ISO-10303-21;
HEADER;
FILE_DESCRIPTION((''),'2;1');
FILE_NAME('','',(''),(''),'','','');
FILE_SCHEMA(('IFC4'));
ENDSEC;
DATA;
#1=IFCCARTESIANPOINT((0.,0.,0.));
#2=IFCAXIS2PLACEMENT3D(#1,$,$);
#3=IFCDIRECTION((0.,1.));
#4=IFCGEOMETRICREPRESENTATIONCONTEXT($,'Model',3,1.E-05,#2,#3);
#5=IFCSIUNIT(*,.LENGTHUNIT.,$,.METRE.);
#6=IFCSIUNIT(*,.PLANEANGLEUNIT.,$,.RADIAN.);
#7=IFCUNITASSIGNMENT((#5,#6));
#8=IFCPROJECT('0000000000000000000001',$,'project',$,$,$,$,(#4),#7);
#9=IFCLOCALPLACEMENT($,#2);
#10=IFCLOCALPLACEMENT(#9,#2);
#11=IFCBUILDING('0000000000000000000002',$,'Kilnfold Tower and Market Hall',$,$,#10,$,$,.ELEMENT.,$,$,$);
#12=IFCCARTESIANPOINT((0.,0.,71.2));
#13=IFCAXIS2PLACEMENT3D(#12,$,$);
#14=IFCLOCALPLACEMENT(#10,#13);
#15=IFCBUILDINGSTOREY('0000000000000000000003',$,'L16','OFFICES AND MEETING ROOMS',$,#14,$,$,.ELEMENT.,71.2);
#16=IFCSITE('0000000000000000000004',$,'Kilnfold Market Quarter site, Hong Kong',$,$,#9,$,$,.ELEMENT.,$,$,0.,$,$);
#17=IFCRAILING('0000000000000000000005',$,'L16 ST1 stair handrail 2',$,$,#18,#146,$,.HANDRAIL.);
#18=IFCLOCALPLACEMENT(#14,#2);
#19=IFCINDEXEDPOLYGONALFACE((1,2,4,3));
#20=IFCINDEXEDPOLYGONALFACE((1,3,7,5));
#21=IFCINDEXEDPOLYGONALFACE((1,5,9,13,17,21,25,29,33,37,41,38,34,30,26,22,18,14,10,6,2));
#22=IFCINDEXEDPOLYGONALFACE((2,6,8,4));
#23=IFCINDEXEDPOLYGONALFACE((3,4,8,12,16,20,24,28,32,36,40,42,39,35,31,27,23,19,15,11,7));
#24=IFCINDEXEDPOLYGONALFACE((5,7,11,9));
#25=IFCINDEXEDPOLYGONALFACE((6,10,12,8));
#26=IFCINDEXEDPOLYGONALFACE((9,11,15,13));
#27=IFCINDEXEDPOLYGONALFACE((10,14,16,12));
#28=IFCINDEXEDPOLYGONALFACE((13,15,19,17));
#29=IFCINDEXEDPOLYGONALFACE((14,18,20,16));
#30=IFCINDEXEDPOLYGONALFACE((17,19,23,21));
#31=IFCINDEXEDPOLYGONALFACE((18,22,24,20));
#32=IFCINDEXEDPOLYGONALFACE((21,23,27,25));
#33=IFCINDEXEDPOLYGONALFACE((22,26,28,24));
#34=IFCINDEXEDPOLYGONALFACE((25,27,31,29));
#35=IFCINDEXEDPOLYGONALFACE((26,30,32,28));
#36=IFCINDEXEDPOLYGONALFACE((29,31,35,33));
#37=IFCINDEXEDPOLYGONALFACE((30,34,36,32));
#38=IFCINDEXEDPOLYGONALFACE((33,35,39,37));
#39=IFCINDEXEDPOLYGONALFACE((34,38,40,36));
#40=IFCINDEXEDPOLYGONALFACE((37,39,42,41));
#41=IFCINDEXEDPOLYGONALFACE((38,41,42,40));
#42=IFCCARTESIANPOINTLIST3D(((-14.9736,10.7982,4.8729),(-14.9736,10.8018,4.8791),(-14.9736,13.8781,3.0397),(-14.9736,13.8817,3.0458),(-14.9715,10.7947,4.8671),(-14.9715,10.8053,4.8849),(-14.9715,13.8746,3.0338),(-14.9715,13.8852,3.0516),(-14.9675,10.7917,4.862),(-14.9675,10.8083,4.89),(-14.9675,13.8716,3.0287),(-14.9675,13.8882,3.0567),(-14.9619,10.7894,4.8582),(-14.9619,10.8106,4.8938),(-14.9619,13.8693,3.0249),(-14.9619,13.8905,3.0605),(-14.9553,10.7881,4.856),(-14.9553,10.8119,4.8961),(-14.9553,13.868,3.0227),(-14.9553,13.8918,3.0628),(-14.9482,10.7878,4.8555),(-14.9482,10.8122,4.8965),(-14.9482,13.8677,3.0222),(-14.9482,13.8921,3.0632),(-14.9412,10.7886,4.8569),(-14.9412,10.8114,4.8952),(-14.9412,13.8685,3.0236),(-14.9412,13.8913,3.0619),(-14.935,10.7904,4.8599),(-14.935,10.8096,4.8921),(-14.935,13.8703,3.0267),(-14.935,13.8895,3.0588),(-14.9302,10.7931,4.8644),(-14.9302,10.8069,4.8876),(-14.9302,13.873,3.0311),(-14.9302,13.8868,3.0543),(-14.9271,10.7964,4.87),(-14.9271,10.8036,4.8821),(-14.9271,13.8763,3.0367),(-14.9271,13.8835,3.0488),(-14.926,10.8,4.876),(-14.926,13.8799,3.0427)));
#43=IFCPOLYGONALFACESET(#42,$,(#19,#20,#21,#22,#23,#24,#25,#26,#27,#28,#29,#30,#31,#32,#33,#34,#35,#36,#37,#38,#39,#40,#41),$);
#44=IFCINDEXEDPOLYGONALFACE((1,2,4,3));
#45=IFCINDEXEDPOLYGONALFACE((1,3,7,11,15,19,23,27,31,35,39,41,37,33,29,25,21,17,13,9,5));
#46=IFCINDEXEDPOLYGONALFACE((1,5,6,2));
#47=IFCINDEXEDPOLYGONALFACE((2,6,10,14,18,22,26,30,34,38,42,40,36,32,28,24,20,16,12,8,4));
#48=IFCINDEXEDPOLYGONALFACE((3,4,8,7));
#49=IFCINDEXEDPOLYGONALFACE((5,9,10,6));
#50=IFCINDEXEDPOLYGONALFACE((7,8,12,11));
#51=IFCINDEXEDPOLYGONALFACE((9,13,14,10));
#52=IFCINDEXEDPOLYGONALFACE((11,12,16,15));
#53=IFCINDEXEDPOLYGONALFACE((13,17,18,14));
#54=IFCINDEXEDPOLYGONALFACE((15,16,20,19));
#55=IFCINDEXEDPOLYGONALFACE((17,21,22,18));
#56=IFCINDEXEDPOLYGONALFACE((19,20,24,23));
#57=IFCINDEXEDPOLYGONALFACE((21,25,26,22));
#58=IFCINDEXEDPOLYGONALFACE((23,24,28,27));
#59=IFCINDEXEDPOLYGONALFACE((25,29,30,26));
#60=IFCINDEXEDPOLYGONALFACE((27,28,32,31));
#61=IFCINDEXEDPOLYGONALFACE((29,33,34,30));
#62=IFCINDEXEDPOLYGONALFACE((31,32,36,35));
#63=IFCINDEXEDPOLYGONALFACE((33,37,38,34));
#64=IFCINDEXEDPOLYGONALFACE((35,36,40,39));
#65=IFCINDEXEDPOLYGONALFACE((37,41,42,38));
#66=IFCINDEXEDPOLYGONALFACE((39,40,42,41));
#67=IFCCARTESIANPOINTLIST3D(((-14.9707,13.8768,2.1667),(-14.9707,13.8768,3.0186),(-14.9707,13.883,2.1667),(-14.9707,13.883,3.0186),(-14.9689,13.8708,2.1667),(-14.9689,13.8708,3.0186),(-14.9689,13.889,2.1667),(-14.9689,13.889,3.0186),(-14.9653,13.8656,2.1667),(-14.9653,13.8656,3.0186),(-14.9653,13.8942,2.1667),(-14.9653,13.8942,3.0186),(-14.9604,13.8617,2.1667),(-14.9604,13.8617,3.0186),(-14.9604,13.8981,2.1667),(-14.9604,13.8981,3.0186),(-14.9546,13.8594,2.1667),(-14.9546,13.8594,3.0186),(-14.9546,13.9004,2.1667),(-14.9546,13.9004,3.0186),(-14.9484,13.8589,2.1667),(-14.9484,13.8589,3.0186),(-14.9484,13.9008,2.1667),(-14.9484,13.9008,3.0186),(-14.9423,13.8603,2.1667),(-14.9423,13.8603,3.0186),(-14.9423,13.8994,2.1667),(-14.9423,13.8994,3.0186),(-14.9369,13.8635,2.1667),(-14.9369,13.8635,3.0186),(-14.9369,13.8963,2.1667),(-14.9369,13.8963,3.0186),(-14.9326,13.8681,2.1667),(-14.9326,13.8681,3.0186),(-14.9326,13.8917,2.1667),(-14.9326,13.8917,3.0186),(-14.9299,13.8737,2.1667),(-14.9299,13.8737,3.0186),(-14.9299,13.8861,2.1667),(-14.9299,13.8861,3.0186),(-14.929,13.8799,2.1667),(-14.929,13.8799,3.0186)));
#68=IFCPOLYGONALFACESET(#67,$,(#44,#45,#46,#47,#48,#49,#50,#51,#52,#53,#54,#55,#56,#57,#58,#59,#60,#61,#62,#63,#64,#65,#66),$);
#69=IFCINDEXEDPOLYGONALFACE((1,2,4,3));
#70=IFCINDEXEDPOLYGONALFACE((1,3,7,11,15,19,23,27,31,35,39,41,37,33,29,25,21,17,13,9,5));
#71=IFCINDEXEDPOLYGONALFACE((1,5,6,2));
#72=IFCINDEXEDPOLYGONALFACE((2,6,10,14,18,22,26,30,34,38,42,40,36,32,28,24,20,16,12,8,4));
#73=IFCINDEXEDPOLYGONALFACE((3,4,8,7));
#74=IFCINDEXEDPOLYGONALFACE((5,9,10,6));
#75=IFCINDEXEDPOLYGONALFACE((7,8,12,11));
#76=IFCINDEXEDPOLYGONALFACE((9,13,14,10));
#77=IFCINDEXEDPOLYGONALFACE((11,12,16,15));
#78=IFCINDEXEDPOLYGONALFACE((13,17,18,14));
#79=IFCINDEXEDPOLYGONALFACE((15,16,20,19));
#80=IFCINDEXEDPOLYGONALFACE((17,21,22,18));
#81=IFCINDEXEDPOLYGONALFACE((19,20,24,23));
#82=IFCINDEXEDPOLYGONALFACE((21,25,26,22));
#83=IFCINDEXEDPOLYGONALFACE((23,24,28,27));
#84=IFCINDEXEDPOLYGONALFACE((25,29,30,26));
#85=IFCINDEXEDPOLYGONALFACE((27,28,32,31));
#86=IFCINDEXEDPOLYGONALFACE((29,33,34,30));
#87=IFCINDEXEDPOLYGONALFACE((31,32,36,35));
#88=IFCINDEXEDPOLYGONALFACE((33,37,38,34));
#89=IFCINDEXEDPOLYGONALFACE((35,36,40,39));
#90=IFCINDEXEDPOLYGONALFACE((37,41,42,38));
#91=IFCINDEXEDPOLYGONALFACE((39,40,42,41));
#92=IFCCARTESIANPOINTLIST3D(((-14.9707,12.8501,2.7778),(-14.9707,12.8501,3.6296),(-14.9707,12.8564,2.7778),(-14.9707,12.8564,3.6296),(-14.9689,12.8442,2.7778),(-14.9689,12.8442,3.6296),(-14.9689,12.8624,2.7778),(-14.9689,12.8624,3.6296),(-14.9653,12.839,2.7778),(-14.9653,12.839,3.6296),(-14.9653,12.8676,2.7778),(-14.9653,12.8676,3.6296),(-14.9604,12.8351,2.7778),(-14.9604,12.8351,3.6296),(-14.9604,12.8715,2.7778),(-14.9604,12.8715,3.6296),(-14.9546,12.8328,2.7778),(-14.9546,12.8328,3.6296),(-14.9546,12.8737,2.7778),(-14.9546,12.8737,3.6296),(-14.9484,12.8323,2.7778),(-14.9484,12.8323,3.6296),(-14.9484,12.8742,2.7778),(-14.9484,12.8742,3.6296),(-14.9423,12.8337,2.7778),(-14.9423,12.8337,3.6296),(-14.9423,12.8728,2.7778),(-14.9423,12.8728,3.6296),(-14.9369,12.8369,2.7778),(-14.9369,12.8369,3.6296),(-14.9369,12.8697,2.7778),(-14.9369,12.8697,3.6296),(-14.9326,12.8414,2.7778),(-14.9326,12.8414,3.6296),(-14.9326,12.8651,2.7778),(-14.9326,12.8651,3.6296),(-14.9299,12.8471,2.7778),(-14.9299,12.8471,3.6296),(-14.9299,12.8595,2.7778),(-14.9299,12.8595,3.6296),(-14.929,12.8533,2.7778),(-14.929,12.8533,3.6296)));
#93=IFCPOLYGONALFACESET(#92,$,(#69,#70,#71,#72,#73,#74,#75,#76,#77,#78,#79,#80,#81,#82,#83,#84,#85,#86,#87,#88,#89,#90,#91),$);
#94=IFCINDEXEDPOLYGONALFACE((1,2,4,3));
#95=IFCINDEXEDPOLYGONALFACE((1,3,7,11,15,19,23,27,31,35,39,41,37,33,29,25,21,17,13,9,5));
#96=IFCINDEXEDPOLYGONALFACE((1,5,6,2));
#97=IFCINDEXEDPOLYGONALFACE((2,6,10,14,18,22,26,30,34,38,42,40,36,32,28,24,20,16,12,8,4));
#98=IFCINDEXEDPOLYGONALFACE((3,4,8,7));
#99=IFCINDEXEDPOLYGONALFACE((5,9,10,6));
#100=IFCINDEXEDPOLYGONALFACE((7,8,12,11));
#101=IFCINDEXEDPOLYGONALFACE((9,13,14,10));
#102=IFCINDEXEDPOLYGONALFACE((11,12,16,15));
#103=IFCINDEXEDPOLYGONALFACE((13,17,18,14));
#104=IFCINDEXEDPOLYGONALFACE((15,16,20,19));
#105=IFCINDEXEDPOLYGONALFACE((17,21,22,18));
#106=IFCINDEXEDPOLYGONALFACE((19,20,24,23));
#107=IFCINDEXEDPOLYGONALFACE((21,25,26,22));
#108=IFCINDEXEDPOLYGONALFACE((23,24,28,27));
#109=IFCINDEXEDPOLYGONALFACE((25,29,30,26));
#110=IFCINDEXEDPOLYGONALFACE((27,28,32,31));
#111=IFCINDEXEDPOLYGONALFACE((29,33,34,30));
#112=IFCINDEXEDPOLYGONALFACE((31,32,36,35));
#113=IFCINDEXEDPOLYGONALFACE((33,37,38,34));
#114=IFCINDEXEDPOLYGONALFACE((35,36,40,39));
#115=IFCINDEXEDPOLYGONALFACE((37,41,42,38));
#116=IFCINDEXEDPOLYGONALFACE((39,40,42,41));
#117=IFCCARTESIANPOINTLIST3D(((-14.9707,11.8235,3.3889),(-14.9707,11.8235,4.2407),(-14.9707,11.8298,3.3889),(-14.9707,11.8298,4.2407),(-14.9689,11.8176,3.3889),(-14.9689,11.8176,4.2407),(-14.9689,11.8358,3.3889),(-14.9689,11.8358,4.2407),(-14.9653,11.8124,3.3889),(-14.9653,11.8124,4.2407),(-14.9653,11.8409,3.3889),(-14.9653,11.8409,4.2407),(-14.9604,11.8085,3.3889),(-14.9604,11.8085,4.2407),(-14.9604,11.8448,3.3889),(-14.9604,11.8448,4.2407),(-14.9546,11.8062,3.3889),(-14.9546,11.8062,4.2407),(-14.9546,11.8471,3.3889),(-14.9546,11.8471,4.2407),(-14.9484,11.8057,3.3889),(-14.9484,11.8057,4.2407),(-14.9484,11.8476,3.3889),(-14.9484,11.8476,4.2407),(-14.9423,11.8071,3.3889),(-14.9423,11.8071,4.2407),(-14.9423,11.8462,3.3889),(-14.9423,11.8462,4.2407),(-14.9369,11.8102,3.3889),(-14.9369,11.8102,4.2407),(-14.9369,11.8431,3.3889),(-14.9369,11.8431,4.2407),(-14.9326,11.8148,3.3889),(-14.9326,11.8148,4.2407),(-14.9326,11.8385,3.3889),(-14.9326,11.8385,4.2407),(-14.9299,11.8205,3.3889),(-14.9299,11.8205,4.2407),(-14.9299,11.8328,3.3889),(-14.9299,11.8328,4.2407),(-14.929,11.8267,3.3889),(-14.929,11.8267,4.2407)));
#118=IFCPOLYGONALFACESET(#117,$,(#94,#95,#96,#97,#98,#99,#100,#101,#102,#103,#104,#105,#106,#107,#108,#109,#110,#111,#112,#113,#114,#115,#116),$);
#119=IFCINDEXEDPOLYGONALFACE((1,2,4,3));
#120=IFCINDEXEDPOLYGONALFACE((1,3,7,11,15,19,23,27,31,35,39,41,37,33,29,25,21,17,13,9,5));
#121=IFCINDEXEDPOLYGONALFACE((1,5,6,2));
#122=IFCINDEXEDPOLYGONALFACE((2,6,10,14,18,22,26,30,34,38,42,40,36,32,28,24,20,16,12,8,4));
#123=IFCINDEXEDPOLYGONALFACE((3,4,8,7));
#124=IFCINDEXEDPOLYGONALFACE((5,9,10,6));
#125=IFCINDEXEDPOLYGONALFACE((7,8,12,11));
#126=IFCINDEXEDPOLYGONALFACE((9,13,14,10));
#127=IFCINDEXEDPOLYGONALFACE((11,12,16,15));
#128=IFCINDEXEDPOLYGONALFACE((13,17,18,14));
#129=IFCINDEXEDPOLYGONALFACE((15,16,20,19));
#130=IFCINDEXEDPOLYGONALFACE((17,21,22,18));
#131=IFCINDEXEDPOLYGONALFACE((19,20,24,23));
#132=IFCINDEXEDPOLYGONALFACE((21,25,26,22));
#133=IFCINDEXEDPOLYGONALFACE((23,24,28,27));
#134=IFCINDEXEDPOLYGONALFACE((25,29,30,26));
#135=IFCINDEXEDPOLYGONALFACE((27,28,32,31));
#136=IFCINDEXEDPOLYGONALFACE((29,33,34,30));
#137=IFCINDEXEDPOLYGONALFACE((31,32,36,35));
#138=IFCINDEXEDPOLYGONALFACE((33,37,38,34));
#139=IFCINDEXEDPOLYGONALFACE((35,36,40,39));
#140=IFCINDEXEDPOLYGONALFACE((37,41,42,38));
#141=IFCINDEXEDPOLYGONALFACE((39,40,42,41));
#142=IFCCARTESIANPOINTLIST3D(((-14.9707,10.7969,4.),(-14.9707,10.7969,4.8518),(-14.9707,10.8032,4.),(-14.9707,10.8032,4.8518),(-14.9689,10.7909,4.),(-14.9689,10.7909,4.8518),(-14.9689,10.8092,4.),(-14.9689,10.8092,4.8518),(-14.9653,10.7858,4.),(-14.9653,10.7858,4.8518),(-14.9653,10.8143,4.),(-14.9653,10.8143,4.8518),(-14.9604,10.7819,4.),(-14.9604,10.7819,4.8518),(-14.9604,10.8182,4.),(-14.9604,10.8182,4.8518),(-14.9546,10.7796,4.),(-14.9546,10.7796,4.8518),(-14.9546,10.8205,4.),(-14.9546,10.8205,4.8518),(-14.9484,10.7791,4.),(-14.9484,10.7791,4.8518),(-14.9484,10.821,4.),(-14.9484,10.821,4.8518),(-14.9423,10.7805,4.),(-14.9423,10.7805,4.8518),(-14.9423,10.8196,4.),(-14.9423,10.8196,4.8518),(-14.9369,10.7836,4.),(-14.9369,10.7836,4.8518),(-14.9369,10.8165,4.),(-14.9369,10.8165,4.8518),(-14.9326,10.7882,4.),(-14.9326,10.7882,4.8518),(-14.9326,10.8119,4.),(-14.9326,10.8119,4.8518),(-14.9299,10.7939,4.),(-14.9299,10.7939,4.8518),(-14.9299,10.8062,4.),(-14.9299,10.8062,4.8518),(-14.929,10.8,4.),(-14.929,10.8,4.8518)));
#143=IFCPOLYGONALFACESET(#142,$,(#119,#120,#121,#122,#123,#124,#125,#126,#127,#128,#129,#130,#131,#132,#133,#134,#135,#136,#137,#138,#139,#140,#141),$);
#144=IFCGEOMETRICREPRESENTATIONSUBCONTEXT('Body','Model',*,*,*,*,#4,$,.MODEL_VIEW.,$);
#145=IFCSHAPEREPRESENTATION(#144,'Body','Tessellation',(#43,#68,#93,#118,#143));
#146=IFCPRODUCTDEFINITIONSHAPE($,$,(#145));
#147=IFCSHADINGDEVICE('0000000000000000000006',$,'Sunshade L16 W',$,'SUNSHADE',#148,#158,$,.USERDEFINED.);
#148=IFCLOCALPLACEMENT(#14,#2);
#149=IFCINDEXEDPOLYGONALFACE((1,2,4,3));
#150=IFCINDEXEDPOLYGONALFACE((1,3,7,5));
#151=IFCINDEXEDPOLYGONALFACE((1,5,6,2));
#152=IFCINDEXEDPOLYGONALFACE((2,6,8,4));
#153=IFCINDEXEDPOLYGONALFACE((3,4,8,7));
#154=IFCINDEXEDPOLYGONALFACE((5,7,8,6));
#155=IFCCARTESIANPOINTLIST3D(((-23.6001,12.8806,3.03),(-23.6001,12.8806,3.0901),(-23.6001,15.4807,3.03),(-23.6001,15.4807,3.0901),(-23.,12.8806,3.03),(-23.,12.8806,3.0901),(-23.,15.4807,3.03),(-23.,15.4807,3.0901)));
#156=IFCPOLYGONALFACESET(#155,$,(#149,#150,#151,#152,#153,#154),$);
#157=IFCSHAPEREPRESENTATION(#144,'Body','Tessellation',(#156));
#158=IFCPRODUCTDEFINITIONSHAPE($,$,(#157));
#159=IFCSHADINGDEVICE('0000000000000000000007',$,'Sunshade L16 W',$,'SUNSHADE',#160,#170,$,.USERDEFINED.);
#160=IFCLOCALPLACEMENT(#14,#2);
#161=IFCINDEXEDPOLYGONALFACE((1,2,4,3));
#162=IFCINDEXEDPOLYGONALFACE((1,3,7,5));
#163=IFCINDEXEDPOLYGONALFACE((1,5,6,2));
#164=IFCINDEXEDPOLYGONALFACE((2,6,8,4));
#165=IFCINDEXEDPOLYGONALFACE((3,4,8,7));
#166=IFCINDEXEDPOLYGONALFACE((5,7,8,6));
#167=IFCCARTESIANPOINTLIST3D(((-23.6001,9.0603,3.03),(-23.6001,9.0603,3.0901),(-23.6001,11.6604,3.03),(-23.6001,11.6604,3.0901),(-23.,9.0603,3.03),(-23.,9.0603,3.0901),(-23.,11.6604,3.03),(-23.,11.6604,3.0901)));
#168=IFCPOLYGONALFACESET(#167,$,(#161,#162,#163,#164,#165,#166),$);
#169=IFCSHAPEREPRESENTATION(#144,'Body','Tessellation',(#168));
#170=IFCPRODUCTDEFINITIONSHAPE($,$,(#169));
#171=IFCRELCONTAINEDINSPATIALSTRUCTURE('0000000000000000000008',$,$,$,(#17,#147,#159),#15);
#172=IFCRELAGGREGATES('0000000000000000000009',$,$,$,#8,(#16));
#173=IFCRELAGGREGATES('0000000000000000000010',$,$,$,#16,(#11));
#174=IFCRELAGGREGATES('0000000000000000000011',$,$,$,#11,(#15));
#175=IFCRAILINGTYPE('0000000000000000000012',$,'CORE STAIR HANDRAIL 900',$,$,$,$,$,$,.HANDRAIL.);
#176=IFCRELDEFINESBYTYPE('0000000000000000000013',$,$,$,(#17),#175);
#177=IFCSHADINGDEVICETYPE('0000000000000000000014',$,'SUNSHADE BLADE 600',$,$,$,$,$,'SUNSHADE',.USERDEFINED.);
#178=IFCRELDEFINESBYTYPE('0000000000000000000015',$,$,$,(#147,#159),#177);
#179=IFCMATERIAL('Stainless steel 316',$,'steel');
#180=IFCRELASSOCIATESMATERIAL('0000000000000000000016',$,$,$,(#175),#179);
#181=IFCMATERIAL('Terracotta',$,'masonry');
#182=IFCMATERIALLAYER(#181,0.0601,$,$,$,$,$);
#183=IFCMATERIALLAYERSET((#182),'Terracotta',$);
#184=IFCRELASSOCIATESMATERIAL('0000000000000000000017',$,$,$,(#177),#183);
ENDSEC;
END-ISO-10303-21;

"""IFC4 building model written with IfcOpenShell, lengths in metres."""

from ifc_helpers import new_model, si_unit, direction, frame, origin, origin_2d, place, context, subcontext, project, spatial, rectangle, circle, extrude, source, transform, mapped, material, layer, layer_set, type_object, element, save


model = new_model("IFC4")

# Units and contexts
model_context = context("Model", 3, precision=1e-05, world=origin(), true_north=direction((0.0, 1.0)))
body_context = subcontext(model_context, "Body", "Model", "MODEL_VIEW")
ifc_project = project(units=[si_unit("LENGTHUNIT", "METRE"), si_unit("PLANEANGLEUNIT", "RADIAN")], contexts=[model_context])

# Site, building, storey
site_placement = place(None, origin())
site = spatial("IfcSite", under=ifc_project, at=site_placement, Name="Kilnfold Market Quarter site, Hong Kong", CompositionType="ELEMENT", RefElevation=0.0)
building_placement = place(site_placement, origin())
building = spatial("IfcBuilding", under=site, at=building_placement, Name="Kilnfold Tower and Market Hall", CompositionType="ELEMENT")
storey_placement = place(building_placement, frame((0.0, 0.0, 71.2)))
storey = spatial("IfcBuildingStorey", under=building, at=storey_placement, Name="L16", Description="OFFICES AND MEETING ROOMS", CompositionType="ELEMENT", Elevation=71.2)

# Railing
ifc_material_1 = material(Name="Stainless steel 316", Category="steel")
railing_type_1 = type_object("IfcRailingType", Name="CORE STAIR HANDRAIL 900", PredefinedType="HANDRAIL", material=ifc_material_1)
railing_1_placement = place(storey_placement, frame((-14.95, 13.8799, 2.1667)))
element("IfcRailing", 1, at=railing_1_placement, inside=storey, type_object=railing_type_1, Name="L16 ST1 stair handrail 2", PredefinedType="HANDRAIL", context=body_context, shape_type="SweptSolid", body=[
    extrude(circle(Radius=0.0239, at=origin_2d()), frame((0.0, 0.0, 0.876), z_axis=(0.0, -0.859291, 0.511487), x_axis=(1.0, 0.0, 0.0)), (0.0, 0.0, 1.0), 3.5842),
    extrude(circle(Radius=0.021, at=origin_2d()), origin(), (0.0, 0.0, 1.0), 0.8518),
    extrude(circle(Radius=0.021, at=origin_2d()), frame((0.0, -1.0266, 0.6111)), (0.0, 0.0, 1.0), 0.8518),
    extrude(circle(Radius=0.021, at=origin_2d()), frame((0.0, -2.0532, 1.2222)), (0.0, 0.0, 1.0), 0.8518),
    extrude(circle(Radius=0.021, at=origin_2d()), frame((0.0, -3.0798, 1.8333)), (0.0, 0.0, 1.0), 0.8518),
])

# Shading devices
ifc_material_2 = material(Name="Terracotta", Category="masonry")
ifc_layer_1 = layer(ifc_material_2, 0.0601)
ifc_layer_set_1 = layer_set([ifc_layer_1], Name="Terracotta")
shading_device_type = type_object("IfcShadingDeviceType", Name="SUNSHADE BLADE 600", ElementType="SUNSHADE", PredefinedType="USERDEFINED", material=ifc_layer_set_1)
shared_shape_1 = source(origin(), body_context, "Body", "SweptSolid", [
    extrude(rectangle(XDim=2.6001, YDim=0.6001, at=origin_2d()), origin(), (0.0, 0.0, 1.0), 0.0601),
])
for number, where, z_axis, x_axis, name in (
    (2, (-23.3, 14.1807, 3.03), (0.0, 0.0, 1.0), (0.0, -1.0, 0.0), "Sunshade L16 W"),
    (3, (-23.3, 10.3604, 3.03), (0.0, 0.0, 1.0), (0.0, -1.0, 0.0), "Sunshade L16 W"),
):
    element("IfcShadingDevice", number, at=place(storey_placement, frame(where, z_axis=z_axis, x_axis=x_axis)), inside=storey, type_object=shading_device_type, Name=name, ObjectType="SUNSHADE", PredefinedType="USERDEFINED", context=body_context, shape_type="MappedRepresentation", body=[
        mapped(shared_shape_1, transform((0.0, 0.0, 0.0))),
    ])

save(model, "model.ifc")
